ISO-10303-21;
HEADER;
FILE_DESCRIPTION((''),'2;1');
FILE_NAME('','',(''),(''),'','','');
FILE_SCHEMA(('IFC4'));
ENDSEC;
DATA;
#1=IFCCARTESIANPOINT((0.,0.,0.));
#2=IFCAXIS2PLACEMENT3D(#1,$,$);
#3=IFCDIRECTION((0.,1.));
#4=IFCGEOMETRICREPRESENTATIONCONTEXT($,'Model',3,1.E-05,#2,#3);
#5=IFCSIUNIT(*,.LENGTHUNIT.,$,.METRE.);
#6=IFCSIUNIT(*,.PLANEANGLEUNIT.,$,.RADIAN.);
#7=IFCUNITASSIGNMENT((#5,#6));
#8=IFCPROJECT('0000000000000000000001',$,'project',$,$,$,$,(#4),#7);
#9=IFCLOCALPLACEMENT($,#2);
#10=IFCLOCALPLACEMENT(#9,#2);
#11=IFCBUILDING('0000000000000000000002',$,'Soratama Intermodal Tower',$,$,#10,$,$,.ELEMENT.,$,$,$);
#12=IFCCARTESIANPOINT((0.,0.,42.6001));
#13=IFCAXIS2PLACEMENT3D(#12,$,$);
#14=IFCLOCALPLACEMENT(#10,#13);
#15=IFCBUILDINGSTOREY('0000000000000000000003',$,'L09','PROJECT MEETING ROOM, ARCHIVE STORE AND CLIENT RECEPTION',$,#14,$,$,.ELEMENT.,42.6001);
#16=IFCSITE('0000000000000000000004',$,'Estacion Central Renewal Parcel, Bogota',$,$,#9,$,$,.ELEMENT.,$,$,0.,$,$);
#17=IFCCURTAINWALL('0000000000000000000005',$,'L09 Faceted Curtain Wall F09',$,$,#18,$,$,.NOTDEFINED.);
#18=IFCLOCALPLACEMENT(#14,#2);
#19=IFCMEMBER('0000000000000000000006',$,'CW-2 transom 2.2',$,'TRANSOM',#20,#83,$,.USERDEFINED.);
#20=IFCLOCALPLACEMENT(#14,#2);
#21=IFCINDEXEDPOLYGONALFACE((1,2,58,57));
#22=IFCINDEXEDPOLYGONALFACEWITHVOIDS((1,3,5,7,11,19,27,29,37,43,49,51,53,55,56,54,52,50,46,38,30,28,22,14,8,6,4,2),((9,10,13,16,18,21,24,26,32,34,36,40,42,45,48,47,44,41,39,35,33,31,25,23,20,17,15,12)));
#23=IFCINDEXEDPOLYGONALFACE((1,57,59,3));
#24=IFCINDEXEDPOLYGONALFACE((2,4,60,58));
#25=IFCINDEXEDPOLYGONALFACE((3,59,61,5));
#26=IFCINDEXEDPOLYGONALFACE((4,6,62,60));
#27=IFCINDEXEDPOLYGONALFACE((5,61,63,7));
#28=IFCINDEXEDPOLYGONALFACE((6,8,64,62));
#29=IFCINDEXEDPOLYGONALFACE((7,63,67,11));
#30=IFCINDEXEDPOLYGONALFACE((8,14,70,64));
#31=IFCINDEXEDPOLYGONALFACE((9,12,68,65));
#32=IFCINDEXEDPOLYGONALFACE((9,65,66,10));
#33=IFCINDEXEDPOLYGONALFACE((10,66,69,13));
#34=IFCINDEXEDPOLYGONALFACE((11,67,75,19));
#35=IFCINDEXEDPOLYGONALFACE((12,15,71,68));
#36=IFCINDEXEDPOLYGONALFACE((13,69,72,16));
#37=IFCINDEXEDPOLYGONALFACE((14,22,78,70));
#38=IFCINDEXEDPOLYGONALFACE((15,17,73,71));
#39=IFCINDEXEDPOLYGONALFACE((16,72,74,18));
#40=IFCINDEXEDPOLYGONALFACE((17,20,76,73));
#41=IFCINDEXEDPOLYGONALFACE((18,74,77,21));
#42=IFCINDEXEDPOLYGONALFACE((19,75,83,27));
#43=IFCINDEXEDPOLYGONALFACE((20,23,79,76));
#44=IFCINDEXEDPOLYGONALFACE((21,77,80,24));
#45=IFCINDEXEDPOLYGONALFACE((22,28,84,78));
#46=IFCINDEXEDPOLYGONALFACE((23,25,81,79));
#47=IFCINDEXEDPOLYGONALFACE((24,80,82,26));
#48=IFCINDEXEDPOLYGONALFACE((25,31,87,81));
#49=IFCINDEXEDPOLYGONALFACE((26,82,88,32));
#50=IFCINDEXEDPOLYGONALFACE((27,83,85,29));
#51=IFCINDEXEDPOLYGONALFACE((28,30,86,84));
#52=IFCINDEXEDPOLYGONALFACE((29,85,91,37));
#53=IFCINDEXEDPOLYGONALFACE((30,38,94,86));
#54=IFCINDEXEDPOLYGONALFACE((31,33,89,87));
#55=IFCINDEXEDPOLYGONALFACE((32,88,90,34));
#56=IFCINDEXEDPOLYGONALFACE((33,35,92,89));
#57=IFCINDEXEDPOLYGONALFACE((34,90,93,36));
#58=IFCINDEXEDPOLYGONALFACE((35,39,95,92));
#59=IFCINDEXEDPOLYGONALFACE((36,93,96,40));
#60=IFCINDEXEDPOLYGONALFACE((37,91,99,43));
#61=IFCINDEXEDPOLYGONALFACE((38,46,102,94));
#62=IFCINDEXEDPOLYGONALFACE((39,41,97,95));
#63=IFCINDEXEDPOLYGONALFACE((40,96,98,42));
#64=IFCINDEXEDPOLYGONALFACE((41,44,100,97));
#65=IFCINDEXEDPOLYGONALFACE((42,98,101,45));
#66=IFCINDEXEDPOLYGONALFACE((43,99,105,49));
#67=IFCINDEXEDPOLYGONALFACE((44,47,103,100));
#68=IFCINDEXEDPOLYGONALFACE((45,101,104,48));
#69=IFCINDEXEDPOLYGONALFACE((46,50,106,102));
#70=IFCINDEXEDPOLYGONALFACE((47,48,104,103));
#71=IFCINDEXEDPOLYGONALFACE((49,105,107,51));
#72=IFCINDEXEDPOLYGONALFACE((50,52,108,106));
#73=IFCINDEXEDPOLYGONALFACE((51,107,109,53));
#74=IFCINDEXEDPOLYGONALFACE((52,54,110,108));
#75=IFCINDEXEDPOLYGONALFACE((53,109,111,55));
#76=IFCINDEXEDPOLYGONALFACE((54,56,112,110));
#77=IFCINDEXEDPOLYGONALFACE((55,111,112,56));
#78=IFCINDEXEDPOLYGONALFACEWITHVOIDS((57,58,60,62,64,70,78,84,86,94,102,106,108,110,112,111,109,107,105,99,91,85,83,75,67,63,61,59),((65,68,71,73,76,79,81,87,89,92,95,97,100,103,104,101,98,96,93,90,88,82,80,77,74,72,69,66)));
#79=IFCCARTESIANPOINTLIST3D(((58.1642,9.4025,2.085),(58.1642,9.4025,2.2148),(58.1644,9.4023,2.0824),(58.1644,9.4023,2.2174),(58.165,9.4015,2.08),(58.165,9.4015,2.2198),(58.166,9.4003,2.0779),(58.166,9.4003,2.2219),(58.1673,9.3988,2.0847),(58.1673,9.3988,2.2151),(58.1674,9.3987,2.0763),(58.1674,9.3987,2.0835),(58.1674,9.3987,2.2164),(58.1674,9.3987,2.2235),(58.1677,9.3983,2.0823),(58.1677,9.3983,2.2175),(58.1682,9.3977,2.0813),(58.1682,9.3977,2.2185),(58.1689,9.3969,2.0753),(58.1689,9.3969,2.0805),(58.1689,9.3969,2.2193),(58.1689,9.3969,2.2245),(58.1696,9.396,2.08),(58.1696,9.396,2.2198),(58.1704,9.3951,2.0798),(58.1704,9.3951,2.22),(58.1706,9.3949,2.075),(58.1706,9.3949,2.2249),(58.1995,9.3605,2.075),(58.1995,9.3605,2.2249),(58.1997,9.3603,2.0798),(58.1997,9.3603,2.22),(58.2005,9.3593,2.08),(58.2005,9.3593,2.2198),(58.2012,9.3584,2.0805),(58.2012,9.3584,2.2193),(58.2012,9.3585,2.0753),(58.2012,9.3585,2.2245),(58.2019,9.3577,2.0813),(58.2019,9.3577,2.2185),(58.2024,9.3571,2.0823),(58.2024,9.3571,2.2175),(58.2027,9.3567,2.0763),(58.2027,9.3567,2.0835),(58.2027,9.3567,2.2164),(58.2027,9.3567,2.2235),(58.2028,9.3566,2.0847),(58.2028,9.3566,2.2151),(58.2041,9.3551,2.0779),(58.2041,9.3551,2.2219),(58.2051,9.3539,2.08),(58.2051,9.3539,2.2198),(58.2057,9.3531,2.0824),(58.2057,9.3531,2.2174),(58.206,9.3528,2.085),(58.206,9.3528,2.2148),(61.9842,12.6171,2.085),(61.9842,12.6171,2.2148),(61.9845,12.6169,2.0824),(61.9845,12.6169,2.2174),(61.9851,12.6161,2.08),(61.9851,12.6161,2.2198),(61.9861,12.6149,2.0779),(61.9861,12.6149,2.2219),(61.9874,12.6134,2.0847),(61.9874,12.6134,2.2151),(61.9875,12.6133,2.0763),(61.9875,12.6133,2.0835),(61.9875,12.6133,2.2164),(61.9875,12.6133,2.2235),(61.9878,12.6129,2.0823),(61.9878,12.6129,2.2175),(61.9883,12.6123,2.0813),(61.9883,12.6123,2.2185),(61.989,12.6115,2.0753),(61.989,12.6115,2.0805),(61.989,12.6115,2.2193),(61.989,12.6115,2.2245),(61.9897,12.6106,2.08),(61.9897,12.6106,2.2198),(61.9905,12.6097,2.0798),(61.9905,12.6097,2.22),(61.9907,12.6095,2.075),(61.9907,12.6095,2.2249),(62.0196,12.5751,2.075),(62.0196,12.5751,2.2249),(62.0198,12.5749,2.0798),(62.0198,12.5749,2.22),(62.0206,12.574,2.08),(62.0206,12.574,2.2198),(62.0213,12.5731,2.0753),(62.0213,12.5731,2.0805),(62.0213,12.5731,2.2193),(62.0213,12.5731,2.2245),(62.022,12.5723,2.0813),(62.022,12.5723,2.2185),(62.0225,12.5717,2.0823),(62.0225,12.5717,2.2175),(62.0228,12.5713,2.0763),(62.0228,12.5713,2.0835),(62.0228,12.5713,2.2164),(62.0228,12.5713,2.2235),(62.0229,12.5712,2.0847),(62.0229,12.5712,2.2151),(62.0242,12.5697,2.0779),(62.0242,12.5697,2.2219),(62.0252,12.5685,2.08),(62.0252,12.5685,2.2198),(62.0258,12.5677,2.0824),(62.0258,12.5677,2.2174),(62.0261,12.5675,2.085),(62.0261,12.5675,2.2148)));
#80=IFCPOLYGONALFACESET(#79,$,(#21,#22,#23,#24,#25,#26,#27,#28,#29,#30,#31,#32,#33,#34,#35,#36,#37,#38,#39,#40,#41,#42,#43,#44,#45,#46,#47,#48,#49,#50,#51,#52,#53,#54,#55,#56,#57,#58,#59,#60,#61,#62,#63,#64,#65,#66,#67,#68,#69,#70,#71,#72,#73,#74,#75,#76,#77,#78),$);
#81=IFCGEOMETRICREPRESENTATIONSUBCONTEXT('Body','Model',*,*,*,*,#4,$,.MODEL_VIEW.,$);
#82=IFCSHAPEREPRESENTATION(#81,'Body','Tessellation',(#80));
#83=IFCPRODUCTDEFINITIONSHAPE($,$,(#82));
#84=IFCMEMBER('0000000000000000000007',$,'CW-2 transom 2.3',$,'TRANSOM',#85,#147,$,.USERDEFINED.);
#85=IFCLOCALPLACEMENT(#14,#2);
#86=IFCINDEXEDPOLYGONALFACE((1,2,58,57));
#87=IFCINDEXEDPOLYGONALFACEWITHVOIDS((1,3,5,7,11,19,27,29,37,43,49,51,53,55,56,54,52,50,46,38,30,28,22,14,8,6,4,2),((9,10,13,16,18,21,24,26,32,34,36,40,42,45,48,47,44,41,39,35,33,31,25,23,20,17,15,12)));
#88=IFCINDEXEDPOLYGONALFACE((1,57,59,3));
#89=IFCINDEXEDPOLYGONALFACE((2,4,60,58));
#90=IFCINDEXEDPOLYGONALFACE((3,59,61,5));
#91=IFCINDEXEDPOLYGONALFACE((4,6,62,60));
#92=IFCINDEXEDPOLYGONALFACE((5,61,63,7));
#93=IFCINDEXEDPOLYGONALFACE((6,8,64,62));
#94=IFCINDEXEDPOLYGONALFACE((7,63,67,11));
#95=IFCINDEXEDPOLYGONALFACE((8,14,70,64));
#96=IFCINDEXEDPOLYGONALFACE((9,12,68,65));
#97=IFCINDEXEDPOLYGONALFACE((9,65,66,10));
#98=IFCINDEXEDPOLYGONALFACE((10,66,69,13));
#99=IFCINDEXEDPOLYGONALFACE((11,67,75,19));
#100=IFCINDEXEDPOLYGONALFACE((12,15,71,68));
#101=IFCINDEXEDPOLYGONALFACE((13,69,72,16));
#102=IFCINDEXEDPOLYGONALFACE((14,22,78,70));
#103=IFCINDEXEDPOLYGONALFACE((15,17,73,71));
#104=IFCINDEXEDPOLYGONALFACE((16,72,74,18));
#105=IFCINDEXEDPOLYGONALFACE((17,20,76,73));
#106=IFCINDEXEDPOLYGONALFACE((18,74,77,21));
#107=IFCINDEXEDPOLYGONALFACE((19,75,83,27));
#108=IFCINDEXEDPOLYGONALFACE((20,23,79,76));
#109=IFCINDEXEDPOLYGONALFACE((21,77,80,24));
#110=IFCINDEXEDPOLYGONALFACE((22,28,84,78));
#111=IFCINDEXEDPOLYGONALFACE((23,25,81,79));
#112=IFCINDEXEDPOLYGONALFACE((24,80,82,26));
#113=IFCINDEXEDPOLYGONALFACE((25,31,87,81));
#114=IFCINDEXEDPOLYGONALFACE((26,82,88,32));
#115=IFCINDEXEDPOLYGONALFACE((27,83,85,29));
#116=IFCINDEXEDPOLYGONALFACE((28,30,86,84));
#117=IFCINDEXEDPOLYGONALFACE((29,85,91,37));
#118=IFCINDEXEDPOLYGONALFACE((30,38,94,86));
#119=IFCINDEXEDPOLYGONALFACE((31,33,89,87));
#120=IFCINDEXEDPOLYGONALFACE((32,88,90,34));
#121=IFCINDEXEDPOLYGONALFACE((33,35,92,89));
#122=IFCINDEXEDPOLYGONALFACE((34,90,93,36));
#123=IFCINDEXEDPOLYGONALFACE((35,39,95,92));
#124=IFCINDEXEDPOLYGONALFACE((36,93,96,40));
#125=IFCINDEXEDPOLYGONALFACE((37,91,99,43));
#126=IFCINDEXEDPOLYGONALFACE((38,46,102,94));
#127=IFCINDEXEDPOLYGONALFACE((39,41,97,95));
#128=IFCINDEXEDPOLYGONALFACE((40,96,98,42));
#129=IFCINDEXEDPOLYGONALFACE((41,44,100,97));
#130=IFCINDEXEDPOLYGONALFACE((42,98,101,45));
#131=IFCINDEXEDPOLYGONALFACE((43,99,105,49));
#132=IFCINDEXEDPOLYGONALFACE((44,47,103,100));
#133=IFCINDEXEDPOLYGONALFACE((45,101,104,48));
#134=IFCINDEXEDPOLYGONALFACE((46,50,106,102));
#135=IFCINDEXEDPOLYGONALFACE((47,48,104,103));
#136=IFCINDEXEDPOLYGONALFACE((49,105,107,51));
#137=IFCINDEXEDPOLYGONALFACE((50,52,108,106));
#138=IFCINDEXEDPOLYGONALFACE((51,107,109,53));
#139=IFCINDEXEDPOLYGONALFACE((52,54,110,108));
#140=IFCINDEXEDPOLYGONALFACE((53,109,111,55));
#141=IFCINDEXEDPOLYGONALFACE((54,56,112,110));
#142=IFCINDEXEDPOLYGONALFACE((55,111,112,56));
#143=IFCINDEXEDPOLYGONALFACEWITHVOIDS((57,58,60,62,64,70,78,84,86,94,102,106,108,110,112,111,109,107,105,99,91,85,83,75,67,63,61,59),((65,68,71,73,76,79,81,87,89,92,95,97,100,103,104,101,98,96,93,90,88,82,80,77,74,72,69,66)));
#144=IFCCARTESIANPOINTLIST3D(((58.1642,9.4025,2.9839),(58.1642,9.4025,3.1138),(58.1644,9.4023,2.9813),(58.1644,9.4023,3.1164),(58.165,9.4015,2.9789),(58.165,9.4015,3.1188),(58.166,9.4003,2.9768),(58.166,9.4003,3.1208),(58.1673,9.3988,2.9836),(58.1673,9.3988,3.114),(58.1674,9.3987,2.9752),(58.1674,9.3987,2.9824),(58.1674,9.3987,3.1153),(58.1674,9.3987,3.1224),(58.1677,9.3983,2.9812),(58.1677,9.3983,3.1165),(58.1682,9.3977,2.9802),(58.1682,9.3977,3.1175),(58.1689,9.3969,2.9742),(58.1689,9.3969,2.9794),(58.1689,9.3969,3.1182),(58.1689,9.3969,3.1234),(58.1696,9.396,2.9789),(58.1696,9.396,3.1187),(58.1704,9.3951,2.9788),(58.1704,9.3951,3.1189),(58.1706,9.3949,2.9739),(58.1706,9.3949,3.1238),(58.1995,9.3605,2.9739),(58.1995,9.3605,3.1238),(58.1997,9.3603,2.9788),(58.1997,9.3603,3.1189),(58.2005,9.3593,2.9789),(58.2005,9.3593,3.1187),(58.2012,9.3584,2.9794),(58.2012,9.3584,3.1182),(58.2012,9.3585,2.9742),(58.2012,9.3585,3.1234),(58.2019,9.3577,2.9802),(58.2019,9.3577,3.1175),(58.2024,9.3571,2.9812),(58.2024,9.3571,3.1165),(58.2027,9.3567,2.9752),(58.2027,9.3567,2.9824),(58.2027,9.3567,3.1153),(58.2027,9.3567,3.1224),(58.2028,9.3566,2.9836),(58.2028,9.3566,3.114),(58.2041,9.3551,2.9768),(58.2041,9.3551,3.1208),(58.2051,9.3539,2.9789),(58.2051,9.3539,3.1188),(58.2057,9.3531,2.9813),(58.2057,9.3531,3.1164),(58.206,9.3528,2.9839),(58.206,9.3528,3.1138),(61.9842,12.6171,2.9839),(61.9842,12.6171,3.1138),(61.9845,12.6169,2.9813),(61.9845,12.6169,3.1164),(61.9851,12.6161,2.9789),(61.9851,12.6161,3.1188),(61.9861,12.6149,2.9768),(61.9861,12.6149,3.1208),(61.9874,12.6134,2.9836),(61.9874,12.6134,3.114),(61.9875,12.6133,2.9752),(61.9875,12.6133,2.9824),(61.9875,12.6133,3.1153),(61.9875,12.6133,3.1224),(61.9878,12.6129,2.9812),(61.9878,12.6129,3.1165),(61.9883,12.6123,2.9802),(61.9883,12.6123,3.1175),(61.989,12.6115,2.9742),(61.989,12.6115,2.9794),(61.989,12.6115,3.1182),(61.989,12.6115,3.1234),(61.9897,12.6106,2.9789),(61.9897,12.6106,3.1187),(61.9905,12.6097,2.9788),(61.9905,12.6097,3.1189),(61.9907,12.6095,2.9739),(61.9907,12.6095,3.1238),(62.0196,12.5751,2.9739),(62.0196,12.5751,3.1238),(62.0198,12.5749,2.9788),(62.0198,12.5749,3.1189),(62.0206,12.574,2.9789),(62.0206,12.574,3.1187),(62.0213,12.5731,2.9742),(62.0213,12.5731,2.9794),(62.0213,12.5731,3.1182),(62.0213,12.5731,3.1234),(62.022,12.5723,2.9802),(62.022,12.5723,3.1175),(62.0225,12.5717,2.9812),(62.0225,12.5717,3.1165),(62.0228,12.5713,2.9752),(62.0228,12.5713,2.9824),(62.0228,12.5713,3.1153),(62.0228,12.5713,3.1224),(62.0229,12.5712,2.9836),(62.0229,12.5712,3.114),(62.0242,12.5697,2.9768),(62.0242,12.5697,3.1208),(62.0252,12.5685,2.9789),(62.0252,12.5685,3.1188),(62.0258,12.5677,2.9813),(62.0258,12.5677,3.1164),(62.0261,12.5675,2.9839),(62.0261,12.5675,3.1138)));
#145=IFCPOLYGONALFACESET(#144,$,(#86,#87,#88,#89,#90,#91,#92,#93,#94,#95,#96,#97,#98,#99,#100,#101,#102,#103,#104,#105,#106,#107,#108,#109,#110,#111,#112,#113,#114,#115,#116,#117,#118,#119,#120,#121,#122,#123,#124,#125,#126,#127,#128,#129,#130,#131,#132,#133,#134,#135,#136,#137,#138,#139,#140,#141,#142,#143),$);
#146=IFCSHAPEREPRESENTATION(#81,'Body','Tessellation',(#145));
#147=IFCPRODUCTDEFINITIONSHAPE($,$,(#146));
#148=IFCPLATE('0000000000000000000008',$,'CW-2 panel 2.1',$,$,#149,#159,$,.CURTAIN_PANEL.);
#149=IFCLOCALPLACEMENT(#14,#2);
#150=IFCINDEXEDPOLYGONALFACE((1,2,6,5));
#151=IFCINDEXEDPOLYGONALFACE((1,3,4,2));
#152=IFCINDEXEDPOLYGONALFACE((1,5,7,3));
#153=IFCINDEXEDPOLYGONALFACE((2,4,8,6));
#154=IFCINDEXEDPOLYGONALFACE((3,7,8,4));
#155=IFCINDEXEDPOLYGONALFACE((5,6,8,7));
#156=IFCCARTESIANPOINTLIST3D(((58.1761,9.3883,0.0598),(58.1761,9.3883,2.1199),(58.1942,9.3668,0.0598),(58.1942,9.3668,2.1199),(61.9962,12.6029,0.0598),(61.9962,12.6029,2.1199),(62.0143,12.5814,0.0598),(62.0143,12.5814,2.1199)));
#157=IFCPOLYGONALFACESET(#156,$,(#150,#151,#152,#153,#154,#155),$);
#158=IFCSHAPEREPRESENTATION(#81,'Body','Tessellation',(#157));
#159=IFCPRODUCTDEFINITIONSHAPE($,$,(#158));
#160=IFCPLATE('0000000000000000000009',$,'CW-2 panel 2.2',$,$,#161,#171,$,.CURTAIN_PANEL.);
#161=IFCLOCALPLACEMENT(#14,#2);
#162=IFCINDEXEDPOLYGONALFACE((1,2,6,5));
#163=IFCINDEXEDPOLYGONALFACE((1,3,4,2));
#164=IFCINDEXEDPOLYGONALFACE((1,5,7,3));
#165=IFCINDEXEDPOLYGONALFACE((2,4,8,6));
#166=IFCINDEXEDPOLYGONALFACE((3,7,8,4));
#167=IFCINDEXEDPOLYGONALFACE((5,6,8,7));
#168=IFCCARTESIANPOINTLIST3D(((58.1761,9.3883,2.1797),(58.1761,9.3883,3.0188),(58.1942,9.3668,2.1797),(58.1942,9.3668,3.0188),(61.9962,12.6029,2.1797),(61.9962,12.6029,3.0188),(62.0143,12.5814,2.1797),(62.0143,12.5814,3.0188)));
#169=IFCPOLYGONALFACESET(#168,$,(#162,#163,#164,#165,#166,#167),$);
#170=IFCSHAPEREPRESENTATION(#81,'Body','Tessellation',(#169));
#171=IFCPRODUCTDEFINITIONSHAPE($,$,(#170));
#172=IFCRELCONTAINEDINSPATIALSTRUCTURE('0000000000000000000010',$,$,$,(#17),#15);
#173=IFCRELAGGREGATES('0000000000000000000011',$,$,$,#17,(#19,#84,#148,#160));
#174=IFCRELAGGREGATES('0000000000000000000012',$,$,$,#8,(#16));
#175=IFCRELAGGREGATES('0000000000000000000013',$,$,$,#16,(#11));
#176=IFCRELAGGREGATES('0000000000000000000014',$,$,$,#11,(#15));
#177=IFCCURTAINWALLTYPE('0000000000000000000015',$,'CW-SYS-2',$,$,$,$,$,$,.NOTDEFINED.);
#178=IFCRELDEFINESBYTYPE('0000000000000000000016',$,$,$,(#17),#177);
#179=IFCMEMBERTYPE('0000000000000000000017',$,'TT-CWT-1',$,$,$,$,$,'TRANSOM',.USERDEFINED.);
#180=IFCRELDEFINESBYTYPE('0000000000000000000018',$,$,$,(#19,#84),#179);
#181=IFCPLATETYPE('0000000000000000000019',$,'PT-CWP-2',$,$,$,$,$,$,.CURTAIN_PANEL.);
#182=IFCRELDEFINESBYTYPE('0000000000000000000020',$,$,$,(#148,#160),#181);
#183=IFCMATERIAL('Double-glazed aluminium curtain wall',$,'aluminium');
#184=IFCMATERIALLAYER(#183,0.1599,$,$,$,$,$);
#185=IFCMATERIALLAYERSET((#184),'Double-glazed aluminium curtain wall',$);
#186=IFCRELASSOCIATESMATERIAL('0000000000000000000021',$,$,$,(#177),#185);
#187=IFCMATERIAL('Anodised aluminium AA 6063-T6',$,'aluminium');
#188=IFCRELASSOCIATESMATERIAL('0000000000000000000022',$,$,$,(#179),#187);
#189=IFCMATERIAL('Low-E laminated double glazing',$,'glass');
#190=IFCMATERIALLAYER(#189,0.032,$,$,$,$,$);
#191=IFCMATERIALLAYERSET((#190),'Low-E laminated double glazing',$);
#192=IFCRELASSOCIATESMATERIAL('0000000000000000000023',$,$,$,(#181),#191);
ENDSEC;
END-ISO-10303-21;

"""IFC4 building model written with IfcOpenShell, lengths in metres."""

from ifc_helpers import new_model, si_unit, direction, frame, origin, origin_2d, place, context, subcontext, project, spatial, rectangle, hollow_rectangle, extrude, material, layer, layer_set, material_profile, profile_set, type_object, element, aggregate, save


model = new_model("IFC4")

# Units and contexts
model_context = context("Model", 3, precision=1e-05, world=origin(), true_north=direction((0.0, 1.0)))
body_context = subcontext(model_context, "Body", "Model", "MODEL_VIEW")
ifc_project = project(units=[si_unit("LENGTHUNIT", "METRE"), si_unit("PLANEANGLEUNIT", "RADIAN")], contexts=[model_context])

# Site, building, storey
site_placement = place(None, origin())
site = spatial("IfcSite", under=ifc_project, at=site_placement, Name="Estacion Central Renewal Parcel, Bogota", CompositionType="ELEMENT", RefElevation=0.0)
building_placement = place(site_placement, origin())
building = spatial("IfcBuilding", under=site, at=building_placement, Name="Soratama Intermodal Tower", CompositionType="ELEMENT")
storey_placement = place(building_placement, frame((0.0, 0.0, 42.6001)))
storey = spatial("IfcBuildingStorey", under=building, at=storey_placement, Name="L09", Description="PROJECT MEETING ROOM, ARCHIVE STORE AND CLIENT RECEPTION", CompositionType="ELEMENT", Elevation=42.6001)

# Curtain wall, members, plates
ifc_material_1 = material(Name="Double-glazed aluminium curtain wall", Category="aluminium")
ifc_layer_1 = layer(ifc_material_1, 0.1599)
ifc_layer_set_1 = layer_set([ifc_layer_1], Name="Double-glazed aluminium curtain wall")
curtain_wall_type = type_object("IfcCurtainWallType", Name="CW-SYS-2", PredefinedType="NOTDEFINED", material=ifc_layer_set_1)
curtain_wall_placement = place(storey_placement, origin())
curtain_wall = element("IfcCurtainWall", 1, at=curtain_wall_placement, inside=storey, type_object=curtain_wall_type, Name="L09 Faceted Curtain Wall F09", PredefinedType="NOTDEFINED")
ifc_material_2 = material(Name="Anodised aluminium AA 6063-T6", Category="aluminium")
ifc_material_profile_1 = material_profile(ifc_material_2, hollow_rectangle(XDim=0.0649, YDim=0.1499, WallThickness=0.0049, InnerFilletRadius=0.0049, OuterFilletRadius=0.01, at=origin_2d()), Name="CWT150X65X5")
ifc_profile_set_1 = profile_set([ifc_material_profile_1], Name="Anodised aluminium AA 6063-T6")
member_type_1 = type_object("IfcMemberType", Name="TT-CWT-1", ElementType="TRANSOM", PredefinedType="USERDEFINED", material=ifc_profile_set_1)
member_1_placement = place(storey_placement, frame((58.1851, 9.3777, 2.1499), z_axis=(0.765138, 0.643866, 0.0), x_axis=(-0.643866, 0.765138, 0.0)))
member_1 = element("IfcMember", 2, at=member_1_placement, type_object=member_type_1, Name="CW-2 transom 2.2", ObjectType="TRANSOM", PredefinedType="USERDEFINED", context=body_context, shape_type="SweptSolid", body=[
    extrude(hollow_rectangle(XDim=0.0649, YDim=0.1499, WallThickness=0.0049, InnerFilletRadius=0.0049, OuterFilletRadius=0.01, at=origin_2d()), origin(), (0.0, 0.0, 1.0), 4.9927),
])
member_2_placement = place(storey_placement, frame((58.1851, 9.3777, 3.0488), z_axis=(0.765138, 0.643866, 0.0), x_axis=(-0.643866, 0.765138, 0.0)))
member_2 = element("IfcMember", 3, at=member_2_placement, type_object=member_type_1, Name="CW-2 transom 2.3", ObjectType="TRANSOM", PredefinedType="USERDEFINED", context=body_context, shape_type="SweptSolid", body=[
    extrude(hollow_rectangle(XDim=0.0649, YDim=0.1499, WallThickness=0.0049, InnerFilletRadius=0.0049, OuterFilletRadius=0.01, at=origin_2d()), origin(), (0.0, 0.0, 1.0), 4.9927),
])
ifc_material_3 = material(Name="Low-E laminated double glazing", Category="glass")
ifc_layer_2 = layer(ifc_material_3, 0.032)
ifc_layer_set_2 = layer_set([ifc_layer_2], Name="Low-E laminated double glazing")
plate_type = type_object("IfcPlateType", Name="PT-CWP-2", PredefinedType="CURTAIN_PANEL", material=ifc_layer_set_2)
plate_1_placement = place(storey_placement, frame((60.0952, 10.9849, 0.0598), z_axis=(0.0, 0.0, 1.0), x_axis=(0.765149, 0.643853, 0.0)))
plate_1 = element("IfcPlate", 4, at=plate_1_placement, type_object=plate_type, Name="CW-2 panel 2.1", PredefinedType="CURTAIN_PANEL", context=body_context, shape_type="SweptSolid", body=[
    extrude(rectangle(XDim=4.9927, YDim=0.0281, at=origin_2d()), origin(), (0.0, 0.0, 1.0), 2.0601),
])
plate_2_placement = place(storey_placement, frame((60.0952, 10.9849, 2.1797), z_axis=(0.0, 0.0, 1.0), x_axis=(0.765149, 0.643853, 0.0)))
plate_2 = element("IfcPlate", 5, at=plate_2_placement, type_object=plate_type, Name="CW-2 panel 2.2", PredefinedType="CURTAIN_PANEL", context=body_context, shape_type="SweptSolid", body=[
    extrude(rectangle(XDim=4.9927, YDim=0.0281, at=origin_2d()), origin(), (0.0, 0.0, 1.0), 0.8391),
])
aggregate(curtain_wall, [member_1, member_2, plate_1, plate_2])

save(model, "model.ifc")
